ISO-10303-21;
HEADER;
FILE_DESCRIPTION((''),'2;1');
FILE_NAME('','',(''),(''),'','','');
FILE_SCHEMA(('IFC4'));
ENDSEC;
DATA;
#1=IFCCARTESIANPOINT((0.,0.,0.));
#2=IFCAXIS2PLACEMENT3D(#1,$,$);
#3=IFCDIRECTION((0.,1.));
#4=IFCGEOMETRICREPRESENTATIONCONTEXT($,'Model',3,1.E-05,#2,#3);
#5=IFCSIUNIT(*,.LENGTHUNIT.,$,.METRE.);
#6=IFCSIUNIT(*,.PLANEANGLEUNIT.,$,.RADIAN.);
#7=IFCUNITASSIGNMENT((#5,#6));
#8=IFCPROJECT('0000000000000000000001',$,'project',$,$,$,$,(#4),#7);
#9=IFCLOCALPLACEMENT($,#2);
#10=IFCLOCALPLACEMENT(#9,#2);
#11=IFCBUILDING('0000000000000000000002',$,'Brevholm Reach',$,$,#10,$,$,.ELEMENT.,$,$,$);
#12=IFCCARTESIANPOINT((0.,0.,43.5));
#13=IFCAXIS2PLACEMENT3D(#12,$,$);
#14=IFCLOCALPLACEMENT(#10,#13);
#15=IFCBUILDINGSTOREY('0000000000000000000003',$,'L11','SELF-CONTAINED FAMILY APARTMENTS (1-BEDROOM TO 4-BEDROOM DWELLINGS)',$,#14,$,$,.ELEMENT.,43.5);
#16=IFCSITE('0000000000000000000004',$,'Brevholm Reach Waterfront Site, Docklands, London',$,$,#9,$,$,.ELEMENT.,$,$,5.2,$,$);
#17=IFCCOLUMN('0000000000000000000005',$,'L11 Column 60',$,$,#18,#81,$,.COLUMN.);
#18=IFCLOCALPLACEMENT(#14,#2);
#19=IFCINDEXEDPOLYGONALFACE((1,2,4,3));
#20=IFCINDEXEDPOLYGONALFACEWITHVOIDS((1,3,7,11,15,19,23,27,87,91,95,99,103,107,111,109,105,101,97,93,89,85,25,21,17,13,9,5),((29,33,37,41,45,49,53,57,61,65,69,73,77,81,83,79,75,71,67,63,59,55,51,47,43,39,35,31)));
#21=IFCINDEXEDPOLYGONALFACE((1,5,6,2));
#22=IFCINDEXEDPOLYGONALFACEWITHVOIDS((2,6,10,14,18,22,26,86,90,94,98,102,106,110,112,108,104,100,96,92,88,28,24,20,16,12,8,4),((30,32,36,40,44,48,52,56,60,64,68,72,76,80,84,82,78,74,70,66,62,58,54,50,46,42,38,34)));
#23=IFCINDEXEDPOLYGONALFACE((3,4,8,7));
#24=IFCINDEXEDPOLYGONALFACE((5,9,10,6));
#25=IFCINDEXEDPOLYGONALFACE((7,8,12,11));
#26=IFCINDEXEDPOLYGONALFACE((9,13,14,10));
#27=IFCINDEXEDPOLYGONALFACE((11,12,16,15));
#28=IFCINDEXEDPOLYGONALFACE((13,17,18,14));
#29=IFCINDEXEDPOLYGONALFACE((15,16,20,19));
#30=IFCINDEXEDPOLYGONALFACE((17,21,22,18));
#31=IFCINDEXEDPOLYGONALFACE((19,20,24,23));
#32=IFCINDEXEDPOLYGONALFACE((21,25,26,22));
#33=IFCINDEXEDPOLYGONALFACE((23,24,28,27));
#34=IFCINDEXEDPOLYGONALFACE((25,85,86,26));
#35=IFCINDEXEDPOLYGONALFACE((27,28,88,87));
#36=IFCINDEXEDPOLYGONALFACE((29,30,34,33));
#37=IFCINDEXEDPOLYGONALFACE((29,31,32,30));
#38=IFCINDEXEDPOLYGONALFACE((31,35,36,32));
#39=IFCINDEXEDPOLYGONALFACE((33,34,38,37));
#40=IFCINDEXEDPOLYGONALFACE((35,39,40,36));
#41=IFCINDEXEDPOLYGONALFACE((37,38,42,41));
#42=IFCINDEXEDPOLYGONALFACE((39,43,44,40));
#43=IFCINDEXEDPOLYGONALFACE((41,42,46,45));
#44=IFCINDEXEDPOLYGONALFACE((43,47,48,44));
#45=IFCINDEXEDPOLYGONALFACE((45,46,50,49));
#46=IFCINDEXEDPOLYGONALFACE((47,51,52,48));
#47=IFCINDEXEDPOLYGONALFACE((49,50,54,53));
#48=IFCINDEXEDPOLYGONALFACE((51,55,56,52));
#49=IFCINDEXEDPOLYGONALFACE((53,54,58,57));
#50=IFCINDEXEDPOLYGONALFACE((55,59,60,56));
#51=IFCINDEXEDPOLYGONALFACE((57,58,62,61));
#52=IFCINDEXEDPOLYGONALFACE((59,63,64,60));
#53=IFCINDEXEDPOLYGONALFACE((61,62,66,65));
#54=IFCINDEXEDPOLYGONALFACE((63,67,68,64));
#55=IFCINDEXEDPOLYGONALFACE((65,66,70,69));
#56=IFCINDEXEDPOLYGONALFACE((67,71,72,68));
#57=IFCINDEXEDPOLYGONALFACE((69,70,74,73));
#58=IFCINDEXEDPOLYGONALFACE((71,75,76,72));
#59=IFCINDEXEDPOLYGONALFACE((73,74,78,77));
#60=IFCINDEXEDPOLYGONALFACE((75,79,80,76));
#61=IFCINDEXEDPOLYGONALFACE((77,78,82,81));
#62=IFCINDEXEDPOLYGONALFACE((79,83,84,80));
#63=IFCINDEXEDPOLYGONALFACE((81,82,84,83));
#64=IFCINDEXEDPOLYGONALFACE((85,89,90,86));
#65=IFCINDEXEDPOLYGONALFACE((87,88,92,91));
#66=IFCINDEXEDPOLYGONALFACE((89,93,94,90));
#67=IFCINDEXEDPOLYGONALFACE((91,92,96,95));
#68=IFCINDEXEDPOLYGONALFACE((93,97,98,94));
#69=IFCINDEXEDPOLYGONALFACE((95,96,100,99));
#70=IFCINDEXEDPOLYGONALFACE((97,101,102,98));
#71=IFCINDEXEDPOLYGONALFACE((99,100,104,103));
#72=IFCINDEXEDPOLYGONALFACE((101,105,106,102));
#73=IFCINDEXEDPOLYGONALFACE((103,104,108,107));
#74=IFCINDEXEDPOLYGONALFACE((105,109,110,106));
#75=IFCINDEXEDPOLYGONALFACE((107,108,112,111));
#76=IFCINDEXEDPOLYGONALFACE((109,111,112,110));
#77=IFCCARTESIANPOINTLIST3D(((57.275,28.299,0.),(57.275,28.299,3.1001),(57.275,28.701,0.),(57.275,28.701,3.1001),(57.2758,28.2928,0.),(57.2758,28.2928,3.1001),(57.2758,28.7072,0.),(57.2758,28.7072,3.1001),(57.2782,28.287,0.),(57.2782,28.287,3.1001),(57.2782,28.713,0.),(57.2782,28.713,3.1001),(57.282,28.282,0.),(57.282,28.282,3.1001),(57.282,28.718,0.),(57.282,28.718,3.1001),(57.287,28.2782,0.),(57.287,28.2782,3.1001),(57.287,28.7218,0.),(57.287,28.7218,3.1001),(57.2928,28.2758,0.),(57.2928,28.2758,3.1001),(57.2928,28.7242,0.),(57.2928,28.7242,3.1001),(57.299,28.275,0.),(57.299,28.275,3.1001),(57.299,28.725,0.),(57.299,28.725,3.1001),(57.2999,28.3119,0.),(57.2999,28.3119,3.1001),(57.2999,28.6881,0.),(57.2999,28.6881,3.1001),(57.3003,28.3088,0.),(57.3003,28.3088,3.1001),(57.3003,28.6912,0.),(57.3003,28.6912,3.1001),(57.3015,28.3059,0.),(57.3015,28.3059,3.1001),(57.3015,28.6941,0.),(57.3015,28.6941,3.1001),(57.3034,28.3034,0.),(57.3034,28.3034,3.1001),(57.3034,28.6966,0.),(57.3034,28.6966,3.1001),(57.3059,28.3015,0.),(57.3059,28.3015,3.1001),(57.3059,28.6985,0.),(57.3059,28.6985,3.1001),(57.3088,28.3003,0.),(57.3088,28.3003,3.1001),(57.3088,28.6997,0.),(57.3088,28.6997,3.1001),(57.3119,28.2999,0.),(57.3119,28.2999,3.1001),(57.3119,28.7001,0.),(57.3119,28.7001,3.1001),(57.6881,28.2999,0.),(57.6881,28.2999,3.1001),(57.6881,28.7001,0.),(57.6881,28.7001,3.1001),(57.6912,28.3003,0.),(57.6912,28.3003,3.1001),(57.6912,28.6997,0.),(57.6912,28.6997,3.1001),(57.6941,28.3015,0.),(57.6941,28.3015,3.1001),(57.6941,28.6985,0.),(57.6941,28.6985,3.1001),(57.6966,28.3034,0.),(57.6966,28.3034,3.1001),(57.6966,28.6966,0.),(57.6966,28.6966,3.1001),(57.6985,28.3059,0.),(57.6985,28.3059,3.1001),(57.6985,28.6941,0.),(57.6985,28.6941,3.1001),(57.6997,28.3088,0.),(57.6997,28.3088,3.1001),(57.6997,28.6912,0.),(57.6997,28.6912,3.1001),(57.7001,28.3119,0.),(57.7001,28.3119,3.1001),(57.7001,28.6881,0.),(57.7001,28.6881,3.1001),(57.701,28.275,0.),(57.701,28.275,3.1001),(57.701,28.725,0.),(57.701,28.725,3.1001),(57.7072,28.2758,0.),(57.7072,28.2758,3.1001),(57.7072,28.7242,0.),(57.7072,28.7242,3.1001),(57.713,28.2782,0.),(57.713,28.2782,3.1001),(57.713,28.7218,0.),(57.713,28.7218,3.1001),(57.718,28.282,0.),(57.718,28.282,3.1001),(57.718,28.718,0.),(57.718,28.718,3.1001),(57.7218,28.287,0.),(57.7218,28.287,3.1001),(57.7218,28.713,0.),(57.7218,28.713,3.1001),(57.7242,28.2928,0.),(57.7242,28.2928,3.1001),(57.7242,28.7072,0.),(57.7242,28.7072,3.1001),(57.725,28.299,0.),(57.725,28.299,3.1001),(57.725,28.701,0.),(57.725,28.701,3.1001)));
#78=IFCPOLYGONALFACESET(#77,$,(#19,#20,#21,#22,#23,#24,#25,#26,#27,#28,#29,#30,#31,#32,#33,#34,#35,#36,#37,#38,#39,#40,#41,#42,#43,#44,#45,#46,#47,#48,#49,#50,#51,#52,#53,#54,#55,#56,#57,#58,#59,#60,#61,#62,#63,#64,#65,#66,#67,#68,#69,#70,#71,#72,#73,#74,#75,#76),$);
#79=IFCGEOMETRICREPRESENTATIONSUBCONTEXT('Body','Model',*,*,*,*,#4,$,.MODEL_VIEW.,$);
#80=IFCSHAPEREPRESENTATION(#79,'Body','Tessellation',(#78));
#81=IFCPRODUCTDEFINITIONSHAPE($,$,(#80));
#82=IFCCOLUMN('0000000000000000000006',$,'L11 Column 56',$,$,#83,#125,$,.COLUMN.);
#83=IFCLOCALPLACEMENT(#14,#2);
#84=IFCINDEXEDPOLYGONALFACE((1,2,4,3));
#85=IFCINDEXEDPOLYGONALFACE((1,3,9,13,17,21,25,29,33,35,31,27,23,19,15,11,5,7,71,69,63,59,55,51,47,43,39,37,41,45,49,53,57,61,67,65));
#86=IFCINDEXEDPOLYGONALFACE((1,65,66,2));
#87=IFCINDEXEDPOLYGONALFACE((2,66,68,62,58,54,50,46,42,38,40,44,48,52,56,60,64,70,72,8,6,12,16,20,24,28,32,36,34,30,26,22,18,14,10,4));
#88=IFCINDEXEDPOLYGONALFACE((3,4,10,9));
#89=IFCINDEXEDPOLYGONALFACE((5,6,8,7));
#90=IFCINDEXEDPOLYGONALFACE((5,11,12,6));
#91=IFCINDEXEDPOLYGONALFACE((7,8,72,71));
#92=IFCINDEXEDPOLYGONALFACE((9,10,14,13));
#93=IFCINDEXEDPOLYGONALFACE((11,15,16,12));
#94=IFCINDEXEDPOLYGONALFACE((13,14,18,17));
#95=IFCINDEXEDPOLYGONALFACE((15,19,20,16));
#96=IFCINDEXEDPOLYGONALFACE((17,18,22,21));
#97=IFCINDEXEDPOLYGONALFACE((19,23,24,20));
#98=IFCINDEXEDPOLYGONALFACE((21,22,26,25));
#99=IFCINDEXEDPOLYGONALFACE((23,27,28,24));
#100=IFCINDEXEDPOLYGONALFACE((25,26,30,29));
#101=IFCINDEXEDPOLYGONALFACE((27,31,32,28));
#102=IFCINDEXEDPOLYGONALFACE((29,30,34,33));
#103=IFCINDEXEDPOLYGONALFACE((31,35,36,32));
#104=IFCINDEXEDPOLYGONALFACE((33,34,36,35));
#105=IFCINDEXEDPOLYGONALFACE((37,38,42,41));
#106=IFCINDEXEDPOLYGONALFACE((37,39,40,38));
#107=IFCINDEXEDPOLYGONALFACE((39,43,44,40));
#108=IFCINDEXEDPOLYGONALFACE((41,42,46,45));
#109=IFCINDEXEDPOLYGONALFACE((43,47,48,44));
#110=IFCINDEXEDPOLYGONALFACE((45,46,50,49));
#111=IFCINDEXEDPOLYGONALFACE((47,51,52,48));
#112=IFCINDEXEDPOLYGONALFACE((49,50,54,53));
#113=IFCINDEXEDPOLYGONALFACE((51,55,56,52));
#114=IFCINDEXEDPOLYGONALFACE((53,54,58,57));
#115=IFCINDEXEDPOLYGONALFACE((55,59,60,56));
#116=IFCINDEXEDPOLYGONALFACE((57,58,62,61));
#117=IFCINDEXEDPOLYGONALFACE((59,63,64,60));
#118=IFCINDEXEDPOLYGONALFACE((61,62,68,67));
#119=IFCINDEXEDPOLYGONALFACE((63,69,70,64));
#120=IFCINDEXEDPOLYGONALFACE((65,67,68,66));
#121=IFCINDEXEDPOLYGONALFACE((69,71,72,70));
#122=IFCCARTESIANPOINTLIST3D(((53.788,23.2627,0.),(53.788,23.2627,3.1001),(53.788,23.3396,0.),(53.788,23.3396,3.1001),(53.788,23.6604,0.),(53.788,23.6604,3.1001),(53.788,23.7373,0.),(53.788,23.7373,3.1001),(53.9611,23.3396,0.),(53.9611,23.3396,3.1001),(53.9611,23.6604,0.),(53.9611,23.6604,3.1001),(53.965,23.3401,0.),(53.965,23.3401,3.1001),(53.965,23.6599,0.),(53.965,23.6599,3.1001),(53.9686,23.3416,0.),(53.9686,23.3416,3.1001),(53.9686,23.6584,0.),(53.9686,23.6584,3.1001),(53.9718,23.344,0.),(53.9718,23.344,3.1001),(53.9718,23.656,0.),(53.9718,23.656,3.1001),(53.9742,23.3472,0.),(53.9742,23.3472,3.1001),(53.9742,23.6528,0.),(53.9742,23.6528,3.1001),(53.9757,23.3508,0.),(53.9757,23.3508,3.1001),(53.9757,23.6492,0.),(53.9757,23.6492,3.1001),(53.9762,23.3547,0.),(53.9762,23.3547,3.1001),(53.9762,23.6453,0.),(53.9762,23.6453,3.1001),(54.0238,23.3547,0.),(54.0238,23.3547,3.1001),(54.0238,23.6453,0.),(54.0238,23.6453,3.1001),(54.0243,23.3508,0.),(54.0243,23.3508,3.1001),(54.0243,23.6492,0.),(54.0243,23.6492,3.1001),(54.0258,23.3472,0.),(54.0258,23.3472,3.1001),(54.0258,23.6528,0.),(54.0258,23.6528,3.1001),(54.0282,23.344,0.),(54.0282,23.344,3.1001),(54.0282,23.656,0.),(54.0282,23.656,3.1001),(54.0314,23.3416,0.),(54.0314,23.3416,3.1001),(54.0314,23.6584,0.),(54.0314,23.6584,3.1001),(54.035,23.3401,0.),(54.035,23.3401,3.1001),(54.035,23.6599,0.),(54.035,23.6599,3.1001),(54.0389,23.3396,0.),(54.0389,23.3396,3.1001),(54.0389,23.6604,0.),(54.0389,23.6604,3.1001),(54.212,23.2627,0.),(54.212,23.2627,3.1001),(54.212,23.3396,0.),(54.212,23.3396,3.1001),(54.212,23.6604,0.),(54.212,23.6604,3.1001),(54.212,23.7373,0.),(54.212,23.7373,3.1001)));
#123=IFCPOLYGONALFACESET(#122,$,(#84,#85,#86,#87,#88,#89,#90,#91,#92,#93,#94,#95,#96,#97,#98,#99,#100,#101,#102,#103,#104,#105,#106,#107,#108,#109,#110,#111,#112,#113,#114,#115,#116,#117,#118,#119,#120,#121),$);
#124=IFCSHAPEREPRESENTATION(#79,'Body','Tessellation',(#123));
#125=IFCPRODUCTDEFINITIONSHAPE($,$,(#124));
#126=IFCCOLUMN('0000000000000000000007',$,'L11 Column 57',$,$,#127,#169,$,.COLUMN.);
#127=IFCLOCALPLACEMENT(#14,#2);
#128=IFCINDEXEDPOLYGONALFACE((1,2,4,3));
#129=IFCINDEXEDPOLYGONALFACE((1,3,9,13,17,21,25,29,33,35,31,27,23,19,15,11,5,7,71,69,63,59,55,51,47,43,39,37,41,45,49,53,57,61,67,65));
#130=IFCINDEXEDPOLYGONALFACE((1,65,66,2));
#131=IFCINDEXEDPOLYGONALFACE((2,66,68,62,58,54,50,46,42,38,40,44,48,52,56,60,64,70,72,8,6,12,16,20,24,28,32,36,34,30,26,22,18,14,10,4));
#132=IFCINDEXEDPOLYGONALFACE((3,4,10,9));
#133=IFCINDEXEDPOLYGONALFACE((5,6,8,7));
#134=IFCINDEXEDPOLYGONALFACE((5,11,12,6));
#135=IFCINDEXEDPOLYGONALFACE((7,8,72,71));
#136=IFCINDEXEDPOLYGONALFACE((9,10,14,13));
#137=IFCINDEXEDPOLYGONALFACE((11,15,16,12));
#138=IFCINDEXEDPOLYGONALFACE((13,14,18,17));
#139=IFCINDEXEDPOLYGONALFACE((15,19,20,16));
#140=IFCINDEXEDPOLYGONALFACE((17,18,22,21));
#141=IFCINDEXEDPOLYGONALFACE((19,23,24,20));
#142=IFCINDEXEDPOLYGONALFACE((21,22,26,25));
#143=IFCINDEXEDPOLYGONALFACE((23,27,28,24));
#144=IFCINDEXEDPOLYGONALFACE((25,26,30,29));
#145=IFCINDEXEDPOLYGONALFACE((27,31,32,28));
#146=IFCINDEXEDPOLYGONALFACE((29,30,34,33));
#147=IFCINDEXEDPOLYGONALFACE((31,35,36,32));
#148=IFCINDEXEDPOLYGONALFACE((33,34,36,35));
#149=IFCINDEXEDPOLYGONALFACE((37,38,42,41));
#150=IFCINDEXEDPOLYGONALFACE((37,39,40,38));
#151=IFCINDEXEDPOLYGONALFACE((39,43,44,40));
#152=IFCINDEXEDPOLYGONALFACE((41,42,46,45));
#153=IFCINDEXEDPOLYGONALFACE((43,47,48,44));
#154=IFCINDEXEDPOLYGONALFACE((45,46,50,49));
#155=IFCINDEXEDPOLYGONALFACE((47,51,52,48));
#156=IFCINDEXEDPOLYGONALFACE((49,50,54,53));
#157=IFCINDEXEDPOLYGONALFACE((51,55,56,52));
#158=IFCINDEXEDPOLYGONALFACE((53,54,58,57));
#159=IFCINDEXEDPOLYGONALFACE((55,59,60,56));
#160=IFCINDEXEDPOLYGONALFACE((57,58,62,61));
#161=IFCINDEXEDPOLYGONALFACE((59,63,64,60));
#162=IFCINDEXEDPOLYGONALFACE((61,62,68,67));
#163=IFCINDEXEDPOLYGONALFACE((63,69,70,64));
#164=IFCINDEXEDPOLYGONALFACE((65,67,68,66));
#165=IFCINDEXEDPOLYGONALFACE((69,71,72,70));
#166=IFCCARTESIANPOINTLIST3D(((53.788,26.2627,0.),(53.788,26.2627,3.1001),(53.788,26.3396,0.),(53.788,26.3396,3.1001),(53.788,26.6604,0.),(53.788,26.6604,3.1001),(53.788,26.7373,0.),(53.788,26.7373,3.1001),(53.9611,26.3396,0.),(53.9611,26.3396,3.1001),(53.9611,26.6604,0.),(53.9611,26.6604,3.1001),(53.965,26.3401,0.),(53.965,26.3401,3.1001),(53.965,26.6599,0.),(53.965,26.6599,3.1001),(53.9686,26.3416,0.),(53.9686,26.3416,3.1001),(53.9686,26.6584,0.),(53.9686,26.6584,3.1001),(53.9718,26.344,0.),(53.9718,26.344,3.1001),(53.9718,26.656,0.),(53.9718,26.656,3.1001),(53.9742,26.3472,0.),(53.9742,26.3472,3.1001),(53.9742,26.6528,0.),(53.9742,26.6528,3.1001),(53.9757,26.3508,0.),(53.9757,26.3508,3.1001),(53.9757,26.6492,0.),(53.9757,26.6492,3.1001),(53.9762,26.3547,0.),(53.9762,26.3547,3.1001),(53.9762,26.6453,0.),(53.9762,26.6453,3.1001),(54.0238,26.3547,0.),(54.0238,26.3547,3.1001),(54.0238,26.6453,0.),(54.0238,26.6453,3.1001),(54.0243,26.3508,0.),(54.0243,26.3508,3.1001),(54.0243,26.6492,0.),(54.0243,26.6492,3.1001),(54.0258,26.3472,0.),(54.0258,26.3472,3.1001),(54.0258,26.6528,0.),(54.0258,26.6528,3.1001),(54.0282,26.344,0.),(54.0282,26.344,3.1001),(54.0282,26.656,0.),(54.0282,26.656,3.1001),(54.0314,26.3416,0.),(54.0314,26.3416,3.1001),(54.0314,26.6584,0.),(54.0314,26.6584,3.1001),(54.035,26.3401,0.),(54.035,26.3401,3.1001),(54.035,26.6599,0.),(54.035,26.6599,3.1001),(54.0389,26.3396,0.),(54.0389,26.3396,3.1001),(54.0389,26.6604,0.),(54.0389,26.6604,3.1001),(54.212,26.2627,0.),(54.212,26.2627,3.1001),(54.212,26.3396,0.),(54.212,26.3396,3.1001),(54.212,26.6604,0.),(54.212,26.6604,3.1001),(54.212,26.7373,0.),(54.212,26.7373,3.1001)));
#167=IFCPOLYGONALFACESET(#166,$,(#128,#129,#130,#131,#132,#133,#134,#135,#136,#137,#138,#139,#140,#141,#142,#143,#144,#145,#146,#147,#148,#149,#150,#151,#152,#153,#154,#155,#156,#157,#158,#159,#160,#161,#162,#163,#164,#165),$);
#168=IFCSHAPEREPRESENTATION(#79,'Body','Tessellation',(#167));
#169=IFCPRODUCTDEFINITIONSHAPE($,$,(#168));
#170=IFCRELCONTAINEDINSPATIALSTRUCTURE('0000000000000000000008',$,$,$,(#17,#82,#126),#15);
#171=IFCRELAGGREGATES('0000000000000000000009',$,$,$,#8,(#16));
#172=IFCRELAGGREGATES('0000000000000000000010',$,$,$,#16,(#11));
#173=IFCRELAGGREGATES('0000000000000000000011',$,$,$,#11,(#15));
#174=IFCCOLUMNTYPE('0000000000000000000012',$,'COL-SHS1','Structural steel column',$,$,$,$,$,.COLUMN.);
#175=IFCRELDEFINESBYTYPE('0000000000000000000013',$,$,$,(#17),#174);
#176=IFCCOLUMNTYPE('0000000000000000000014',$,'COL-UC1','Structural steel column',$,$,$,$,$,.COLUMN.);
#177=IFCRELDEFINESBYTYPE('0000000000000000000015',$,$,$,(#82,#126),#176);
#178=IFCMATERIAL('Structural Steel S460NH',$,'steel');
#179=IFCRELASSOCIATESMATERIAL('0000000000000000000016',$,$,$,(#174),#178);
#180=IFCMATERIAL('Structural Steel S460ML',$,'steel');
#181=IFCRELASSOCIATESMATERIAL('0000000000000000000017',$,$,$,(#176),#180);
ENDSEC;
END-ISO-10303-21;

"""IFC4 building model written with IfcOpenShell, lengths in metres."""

from ifc_helpers import new_model, si_unit, direction, frame, origin, origin_2d, place, context, subcontext, project, spatial, hollow_rectangle, i_section, extrude, material, material_profile, profile_set, type_object, element, save


model = new_model("IFC4")

# Units and contexts
model_context = context("Model", 3, precision=1e-05, world=origin(), true_north=direction((0.0, 1.0)))
body_context = subcontext(model_context, "Body", "Model", "MODEL_VIEW")
ifc_project = project(units=[si_unit("LENGTHUNIT", "METRE"), si_unit("PLANEANGLEUNIT", "RADIAN")], contexts=[model_context])

# Site, building, storey
site_placement = place(None, origin())
site = spatial("IfcSite", under=ifc_project, at=site_placement, Name="Brevholm Reach Waterfront Site, Docklands, London", CompositionType="ELEMENT", RefElevation=5.2)
building_placement = place(site_placement, origin())
building = spatial("IfcBuilding", under=site, at=building_placement, Name="Brevholm Reach", CompositionType="ELEMENT")
storey_placement = place(building_placement, frame((0.0, 0.0, 43.5)))
storey = spatial("IfcBuildingStorey", under=building, at=storey_placement, Name="L11", Description="SELF-CONTAINED FAMILY APARTMENTS (1-BEDROOM TO 4-BEDROOM DWELLINGS)", CompositionType="ELEMENT", Elevation=43.5)

# Columns
ifc_material_1 = material(Name="Structural Steel S460NH", Category="steel")
ifc_material_profile_1 = material_profile(ifc_material_1, hollow_rectangle(XDim=0.45, YDim=0.45, WallThickness=0.0249, InnerFilletRadius=0.012, OuterFilletRadius=0.0239, at=origin_2d()), Name="SHS 450x450x25")
ifc_profile_set_1 = profile_set([ifc_material_profile_1], Name="Structural Steel S460NH")
column_type_1 = type_object("IfcColumnType", Name="COL-SHS1", Description="Structural steel column", PredefinedType="COLUMN", material=ifc_profile_set_1)
column_placement = place(storey_placement, frame((57.5, 28.5, 0.0), z_axis=(0.0, 0.0, 1.0), x_axis=(1.0, 0.0, 0.0)))
element("IfcColumn", 1, at=column_placement, inside=storey, type_object=column_type_1, Name="L11 Column 60", PredefinedType="COLUMN", context=body_context, shape_type="SweptSolid", body=[
    extrude(hollow_rectangle(XDim=0.45, YDim=0.45, WallThickness=0.0249, InnerFilletRadius=0.012, OuterFilletRadius=0.0239, at=origin_2d()), origin(), (0.0, 0.0, 1.0), 3.1001),
])
ifc_material_2 = material(Name="Structural Steel S460ML", Category="steel")
ifc_material_profile_2 = material_profile(ifc_material_2, i_section(OverallWidth=0.4241, OverallDepth=0.4746, WebThickness=0.0476, FlangeThickness=0.0769, FilletRadius=0.0151, at=origin_2d()), Name="UKC 356x406x634")
ifc_profile_set_2 = profile_set([ifc_material_profile_2], Name="Structural Steel S460ML")
column_type_2 = type_object("IfcColumnType", Name="COL-UC1", Description="Structural steel column", PredefinedType="COLUMN", material=ifc_profile_set_2)
for number, where, z_axis, x_axis, name in (
    (2, (54.0, 23.5, 0.0), (0.0, 0.0, 1.0), (1.0, 0.0, 0.0), "L11 Column 56"),
    (3, (54.0, 26.5, 0.0), (0.0, 0.0, 1.0), (1.0, 0.0, 0.0), "L11 Column 57"),
):
    element("IfcColumn", number, at=place(storey_placement, frame(where, z_axis=z_axis, x_axis=x_axis)), inside=storey, type_object=column_type_2, Name=name, PredefinedType="COLUMN", context=body_context, shape_type="SweptSolid", body=[
        extrude(i_section(OverallWidth=0.4241, OverallDepth=0.4746, WebThickness=0.0476, FlangeThickness=0.0769, FilletRadius=0.0151, at=origin_2d()), origin(), (0.0, 0.0, 1.0), 3.1001),
    ])

save(model, "model.ifc")
